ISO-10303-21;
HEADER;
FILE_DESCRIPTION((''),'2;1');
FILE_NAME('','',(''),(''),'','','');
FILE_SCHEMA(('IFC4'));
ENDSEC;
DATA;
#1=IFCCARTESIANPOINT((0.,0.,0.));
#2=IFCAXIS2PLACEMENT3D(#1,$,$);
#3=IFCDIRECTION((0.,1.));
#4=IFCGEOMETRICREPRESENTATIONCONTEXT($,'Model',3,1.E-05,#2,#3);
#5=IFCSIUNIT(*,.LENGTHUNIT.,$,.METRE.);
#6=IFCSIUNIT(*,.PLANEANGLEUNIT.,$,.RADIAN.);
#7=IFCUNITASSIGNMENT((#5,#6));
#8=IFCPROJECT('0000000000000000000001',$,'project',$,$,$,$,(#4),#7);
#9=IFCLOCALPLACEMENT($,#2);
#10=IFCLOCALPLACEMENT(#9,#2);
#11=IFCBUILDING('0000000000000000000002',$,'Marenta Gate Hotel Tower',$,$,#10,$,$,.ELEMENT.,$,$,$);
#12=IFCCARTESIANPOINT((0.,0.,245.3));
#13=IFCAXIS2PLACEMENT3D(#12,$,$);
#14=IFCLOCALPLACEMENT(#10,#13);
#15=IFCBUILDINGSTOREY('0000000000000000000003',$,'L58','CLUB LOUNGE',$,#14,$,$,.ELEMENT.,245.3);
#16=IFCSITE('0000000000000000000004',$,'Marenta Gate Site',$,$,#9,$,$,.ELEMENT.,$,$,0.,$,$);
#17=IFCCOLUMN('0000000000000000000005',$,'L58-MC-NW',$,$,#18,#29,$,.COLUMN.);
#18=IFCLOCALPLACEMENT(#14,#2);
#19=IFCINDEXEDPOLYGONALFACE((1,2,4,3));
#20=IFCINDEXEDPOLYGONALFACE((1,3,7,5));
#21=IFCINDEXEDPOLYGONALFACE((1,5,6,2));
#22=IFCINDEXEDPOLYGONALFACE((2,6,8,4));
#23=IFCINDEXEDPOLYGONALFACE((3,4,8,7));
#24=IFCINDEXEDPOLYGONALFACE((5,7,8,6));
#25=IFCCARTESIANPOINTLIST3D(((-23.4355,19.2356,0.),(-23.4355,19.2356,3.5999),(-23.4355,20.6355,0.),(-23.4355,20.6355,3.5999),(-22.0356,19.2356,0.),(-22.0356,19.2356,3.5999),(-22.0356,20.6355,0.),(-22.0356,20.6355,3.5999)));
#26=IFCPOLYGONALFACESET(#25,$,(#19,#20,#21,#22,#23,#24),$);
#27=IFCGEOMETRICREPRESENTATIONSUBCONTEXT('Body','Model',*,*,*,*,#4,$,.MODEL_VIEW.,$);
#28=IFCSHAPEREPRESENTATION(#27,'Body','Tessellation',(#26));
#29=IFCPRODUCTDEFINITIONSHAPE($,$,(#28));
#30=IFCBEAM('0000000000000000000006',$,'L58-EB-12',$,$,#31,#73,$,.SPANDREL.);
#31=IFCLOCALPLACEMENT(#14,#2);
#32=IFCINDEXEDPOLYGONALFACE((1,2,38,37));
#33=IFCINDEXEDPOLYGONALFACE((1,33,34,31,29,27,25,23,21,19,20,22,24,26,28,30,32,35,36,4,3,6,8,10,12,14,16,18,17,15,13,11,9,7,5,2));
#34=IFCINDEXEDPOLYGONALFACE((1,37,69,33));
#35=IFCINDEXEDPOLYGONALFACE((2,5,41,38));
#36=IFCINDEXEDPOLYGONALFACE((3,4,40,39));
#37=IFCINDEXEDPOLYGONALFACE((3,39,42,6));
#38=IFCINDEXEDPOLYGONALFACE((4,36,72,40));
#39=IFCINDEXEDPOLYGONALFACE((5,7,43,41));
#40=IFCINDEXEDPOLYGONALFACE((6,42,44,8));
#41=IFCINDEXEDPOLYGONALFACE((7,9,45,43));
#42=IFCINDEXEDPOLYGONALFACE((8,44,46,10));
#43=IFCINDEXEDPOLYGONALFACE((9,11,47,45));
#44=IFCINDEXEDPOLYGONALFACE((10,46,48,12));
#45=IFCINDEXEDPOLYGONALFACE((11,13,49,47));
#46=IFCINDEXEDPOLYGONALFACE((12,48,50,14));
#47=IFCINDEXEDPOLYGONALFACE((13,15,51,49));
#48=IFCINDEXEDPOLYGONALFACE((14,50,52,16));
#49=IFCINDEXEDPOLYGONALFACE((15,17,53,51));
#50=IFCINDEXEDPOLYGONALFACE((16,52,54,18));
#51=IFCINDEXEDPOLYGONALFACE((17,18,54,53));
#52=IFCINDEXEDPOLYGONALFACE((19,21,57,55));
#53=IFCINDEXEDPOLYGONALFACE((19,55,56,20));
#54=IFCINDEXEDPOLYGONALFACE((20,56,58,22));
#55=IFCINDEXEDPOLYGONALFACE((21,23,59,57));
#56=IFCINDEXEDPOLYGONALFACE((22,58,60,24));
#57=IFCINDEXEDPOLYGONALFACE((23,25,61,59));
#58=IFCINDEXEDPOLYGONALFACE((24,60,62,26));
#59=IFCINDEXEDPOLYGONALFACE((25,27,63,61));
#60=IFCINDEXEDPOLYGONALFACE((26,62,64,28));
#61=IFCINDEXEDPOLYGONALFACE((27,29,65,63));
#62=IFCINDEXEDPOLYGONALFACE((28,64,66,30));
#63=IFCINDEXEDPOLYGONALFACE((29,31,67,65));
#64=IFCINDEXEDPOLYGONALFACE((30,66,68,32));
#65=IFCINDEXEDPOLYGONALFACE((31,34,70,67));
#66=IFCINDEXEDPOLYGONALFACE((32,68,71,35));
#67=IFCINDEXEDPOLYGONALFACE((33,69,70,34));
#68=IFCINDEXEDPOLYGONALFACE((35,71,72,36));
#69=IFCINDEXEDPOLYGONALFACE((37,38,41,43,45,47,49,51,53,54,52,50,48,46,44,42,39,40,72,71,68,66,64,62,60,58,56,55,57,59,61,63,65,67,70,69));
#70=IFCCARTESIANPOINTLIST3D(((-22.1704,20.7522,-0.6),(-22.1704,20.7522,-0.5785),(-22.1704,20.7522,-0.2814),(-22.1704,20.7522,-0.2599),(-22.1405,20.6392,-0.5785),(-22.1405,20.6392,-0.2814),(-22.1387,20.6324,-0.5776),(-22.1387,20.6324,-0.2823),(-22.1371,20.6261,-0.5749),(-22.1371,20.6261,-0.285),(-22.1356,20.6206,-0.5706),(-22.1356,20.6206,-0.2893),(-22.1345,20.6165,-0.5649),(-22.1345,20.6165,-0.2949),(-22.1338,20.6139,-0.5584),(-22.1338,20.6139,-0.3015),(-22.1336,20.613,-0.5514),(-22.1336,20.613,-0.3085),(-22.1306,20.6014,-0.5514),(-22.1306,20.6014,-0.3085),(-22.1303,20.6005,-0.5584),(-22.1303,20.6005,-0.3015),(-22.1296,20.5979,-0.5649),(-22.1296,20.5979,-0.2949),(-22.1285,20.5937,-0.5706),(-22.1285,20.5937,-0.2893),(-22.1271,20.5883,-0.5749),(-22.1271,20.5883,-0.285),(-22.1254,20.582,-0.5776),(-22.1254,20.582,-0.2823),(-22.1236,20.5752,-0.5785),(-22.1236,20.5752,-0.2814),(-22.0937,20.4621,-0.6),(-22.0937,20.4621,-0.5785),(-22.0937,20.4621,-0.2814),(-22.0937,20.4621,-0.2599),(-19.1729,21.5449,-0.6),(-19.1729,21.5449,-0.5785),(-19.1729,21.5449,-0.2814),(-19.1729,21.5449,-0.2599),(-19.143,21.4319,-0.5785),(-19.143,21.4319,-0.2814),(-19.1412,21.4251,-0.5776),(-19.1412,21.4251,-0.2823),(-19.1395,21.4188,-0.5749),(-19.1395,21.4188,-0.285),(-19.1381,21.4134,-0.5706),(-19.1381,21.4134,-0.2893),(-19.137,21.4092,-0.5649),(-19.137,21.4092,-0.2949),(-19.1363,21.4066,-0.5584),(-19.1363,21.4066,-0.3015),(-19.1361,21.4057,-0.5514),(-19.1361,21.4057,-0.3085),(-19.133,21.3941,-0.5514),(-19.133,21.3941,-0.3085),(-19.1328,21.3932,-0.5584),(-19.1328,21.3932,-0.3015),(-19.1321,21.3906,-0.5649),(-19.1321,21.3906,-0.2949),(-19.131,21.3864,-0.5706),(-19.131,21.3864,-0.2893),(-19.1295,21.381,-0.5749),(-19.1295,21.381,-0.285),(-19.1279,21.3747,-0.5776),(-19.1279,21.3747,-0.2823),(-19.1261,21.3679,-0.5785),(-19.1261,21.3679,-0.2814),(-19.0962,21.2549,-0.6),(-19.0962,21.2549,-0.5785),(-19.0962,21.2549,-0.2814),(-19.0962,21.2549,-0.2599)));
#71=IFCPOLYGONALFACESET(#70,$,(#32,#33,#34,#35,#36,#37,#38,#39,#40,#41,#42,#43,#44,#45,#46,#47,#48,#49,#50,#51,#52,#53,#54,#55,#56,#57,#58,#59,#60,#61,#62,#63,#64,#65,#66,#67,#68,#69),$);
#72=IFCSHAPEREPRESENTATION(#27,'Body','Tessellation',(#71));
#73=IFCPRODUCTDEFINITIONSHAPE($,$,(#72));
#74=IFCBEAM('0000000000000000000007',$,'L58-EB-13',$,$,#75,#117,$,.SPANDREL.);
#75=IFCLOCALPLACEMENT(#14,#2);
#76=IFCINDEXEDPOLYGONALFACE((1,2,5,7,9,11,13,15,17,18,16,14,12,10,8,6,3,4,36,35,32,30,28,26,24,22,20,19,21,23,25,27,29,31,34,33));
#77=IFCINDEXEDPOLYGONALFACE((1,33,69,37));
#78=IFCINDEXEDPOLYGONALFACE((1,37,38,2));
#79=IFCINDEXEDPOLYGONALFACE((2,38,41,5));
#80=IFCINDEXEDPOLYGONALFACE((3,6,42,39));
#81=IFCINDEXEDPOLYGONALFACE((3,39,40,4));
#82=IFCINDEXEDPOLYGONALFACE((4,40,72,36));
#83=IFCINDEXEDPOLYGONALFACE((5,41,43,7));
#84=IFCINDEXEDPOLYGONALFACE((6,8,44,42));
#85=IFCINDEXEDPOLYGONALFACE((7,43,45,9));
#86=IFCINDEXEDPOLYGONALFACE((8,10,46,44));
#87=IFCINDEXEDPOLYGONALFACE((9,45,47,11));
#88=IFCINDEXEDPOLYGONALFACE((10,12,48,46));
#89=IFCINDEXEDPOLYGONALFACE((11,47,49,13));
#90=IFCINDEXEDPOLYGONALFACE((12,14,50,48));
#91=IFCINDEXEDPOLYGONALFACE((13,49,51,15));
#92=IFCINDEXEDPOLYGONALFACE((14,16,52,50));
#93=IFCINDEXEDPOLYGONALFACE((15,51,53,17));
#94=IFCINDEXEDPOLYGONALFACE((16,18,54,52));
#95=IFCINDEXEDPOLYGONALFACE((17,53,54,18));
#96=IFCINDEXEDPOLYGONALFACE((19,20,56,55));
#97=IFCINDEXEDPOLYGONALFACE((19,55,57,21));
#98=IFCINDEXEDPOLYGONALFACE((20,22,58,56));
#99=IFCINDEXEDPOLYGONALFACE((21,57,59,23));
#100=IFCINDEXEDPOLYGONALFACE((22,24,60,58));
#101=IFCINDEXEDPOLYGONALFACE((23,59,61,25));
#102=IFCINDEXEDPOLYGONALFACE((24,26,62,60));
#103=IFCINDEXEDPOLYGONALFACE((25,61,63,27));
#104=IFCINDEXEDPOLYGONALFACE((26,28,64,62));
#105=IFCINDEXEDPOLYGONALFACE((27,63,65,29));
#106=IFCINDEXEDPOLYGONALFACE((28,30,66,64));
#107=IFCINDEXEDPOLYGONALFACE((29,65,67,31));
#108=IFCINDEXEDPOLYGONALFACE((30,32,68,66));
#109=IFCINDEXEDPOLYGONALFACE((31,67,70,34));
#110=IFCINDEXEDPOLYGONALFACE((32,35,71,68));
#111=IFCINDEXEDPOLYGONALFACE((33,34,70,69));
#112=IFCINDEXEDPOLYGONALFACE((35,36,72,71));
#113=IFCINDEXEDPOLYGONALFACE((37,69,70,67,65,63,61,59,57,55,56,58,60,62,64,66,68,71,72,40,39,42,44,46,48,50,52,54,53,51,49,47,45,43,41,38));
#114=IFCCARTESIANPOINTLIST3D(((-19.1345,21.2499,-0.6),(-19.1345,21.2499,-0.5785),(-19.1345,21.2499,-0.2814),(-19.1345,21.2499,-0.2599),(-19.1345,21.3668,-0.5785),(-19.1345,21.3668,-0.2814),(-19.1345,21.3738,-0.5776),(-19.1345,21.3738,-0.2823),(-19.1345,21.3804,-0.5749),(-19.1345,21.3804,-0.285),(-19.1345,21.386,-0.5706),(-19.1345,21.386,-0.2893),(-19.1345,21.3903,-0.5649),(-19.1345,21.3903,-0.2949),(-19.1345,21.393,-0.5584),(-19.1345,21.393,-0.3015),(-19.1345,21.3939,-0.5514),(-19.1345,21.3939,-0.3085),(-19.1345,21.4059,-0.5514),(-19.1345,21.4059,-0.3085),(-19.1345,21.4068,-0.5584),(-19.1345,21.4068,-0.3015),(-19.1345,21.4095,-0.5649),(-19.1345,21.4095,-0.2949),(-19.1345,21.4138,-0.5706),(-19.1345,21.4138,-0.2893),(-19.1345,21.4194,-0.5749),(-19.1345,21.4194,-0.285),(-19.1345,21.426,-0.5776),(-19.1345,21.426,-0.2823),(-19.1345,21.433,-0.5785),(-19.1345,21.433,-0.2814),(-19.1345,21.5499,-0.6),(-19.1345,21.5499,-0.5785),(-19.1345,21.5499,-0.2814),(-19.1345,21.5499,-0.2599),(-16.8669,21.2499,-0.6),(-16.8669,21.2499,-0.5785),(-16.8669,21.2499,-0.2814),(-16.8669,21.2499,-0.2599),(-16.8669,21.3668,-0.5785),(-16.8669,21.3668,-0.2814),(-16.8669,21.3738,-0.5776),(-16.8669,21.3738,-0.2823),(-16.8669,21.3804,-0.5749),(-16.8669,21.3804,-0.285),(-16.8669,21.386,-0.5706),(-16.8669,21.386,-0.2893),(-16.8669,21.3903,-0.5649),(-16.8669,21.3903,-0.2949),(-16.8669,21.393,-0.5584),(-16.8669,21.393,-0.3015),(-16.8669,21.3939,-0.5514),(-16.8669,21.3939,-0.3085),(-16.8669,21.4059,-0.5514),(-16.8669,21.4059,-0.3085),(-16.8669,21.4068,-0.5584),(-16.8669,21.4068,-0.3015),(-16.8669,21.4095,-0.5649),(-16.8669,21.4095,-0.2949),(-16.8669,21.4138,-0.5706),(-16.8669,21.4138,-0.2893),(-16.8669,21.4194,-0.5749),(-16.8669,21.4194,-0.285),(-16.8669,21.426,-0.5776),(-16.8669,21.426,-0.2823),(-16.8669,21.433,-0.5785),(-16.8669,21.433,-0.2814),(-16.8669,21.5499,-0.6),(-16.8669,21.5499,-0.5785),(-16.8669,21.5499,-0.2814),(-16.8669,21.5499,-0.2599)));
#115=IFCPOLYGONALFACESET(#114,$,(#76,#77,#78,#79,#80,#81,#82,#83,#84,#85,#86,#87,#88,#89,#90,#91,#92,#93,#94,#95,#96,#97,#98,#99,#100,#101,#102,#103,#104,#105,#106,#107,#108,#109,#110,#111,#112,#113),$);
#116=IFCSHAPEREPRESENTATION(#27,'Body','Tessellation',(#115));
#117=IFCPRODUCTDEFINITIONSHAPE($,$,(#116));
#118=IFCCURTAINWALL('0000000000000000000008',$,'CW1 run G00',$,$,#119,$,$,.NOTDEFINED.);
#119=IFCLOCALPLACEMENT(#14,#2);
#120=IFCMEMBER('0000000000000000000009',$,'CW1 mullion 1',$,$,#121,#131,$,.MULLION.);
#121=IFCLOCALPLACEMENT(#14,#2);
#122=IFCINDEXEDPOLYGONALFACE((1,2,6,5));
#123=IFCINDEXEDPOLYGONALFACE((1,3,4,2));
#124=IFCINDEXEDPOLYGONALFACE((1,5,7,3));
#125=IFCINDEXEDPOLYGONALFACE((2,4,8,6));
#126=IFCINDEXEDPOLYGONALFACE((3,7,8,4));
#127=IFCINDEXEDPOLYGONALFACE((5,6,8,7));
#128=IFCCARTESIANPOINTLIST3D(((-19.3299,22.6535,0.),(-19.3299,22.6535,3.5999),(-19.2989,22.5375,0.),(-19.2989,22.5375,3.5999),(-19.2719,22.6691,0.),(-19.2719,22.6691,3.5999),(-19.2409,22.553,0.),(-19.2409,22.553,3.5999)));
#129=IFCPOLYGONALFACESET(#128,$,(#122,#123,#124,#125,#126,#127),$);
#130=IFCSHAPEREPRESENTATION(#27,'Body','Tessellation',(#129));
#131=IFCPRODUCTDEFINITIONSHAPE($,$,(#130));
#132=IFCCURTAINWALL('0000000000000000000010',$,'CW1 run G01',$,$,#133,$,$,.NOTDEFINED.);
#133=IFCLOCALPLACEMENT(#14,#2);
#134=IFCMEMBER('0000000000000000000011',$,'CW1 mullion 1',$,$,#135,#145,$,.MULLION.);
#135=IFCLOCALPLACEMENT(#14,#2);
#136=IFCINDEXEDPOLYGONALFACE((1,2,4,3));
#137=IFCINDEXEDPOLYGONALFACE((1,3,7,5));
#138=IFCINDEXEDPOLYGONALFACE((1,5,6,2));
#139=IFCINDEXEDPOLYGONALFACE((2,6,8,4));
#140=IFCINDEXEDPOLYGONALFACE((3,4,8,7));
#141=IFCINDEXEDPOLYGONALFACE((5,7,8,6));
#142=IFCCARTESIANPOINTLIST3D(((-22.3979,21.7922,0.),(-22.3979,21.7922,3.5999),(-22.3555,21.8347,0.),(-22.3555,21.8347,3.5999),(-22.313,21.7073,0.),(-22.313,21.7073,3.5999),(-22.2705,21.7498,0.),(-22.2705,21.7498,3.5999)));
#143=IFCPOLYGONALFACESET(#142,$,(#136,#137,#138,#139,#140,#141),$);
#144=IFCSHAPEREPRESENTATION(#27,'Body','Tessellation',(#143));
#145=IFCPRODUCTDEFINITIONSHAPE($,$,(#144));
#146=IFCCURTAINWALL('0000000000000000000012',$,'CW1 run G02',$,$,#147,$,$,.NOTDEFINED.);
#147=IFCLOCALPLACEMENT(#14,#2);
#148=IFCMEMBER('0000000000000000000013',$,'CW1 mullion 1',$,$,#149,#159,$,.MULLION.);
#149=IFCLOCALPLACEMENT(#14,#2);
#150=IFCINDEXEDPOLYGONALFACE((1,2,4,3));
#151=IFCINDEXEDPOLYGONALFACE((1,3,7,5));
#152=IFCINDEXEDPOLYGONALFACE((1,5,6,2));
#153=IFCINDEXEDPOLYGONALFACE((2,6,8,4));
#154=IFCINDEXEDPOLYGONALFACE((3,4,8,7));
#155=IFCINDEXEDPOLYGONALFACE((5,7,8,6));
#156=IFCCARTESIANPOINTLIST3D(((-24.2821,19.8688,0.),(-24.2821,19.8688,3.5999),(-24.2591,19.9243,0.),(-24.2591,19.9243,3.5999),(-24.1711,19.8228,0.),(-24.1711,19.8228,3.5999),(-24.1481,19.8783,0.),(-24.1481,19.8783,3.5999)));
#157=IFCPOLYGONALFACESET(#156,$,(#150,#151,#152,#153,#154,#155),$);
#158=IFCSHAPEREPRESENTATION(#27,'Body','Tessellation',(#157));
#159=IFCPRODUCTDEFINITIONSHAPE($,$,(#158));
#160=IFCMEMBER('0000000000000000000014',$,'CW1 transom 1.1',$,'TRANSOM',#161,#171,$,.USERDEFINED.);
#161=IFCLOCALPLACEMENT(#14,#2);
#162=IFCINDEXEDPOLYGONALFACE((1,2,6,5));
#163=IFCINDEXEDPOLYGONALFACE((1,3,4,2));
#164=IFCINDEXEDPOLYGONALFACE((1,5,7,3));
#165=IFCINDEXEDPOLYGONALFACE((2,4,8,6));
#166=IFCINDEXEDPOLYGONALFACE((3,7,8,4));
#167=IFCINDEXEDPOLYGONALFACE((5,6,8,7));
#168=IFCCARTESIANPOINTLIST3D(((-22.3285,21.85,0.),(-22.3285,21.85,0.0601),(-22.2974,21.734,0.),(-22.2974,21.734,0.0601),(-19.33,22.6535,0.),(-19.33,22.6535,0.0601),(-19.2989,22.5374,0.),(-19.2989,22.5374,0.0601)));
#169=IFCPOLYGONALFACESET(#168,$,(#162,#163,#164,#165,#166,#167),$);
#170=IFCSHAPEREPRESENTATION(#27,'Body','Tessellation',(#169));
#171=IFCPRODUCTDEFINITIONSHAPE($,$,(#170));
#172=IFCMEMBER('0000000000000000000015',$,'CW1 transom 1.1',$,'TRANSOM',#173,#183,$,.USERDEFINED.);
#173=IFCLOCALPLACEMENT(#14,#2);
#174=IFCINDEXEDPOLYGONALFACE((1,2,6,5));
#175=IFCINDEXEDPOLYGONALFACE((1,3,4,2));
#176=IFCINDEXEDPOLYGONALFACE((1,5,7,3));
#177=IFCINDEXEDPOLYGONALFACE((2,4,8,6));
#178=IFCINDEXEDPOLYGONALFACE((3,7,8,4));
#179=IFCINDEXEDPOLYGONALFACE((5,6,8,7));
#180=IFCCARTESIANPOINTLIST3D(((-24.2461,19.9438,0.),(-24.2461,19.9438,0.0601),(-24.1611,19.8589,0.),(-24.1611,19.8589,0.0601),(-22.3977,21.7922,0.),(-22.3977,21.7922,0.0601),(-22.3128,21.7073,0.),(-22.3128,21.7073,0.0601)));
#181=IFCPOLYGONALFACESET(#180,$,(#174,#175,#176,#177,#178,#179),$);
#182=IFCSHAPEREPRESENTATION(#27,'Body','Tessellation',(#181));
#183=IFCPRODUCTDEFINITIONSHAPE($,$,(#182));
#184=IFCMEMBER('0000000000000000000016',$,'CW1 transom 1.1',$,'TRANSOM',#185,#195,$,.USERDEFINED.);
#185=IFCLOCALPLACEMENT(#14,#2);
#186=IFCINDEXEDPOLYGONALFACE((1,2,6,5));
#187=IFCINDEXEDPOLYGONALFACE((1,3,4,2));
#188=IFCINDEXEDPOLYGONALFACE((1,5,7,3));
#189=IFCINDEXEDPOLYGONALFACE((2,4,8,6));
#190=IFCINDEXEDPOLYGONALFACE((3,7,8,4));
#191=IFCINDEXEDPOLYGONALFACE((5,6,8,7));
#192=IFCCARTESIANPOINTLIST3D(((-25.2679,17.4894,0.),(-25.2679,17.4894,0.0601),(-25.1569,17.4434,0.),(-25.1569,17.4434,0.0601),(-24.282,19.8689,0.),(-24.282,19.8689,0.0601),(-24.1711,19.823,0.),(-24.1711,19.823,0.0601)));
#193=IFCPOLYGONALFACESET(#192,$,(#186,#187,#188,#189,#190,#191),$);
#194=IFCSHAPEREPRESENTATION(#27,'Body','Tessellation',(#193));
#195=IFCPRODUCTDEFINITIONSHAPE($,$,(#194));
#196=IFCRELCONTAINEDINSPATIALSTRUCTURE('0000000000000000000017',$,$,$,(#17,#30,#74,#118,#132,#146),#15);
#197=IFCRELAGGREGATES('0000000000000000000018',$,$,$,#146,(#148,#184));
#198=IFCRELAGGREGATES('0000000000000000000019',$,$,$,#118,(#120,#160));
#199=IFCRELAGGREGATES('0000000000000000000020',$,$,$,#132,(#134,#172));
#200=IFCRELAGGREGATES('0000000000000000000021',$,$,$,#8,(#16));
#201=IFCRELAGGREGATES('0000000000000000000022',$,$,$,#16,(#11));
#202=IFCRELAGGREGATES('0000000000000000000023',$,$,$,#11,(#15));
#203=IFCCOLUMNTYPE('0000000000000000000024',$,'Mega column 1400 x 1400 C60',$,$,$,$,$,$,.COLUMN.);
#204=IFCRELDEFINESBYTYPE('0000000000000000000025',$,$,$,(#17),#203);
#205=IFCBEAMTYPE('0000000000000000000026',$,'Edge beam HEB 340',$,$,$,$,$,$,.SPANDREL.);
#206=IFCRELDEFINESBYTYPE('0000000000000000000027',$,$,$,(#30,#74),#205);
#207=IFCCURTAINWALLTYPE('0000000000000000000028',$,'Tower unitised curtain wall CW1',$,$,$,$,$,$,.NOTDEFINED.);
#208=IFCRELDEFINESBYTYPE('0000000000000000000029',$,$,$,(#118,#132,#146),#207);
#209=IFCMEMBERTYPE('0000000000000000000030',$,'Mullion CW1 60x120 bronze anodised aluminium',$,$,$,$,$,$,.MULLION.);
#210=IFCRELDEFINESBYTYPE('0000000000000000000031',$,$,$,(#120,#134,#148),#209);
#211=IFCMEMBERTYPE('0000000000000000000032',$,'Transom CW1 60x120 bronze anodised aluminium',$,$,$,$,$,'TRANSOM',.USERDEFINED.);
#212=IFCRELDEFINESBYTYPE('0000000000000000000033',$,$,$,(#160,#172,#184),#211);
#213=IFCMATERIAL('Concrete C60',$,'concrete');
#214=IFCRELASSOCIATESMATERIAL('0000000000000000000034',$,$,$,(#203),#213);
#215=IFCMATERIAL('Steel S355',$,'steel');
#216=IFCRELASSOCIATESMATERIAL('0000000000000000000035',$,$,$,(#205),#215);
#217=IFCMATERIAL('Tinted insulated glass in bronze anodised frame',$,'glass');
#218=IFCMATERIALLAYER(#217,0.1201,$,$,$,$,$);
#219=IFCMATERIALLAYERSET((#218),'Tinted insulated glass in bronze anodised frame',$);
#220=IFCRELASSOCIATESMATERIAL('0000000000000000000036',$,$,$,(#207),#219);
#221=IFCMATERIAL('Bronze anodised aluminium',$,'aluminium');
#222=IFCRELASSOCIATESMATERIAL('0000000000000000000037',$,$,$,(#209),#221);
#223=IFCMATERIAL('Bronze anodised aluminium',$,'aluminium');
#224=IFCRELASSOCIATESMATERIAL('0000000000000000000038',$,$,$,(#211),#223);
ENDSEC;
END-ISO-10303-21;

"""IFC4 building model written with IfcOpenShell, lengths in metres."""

from ifc_helpers import new_model, si_unit, direction, frame, origin, origin_2d, place, context, subcontext, project, spatial, rectangle, i_section, extrude, material, layer, layer_set, material_profile, profile_set, type_object, element, aggregate, save


model = new_model("IFC4")

# Units and contexts
model_context = context("Model", 3, precision=1e-05, world=origin(), true_north=direction((0.0, 1.0)))
body_context = subcontext(model_context, "Body", "Model", "MODEL_VIEW")
ifc_project = project(units=[si_unit("LENGTHUNIT", "METRE"), si_unit("PLANEANGLEUNIT", "RADIAN")], contexts=[model_context])

# Site, building, storey
site_placement = place(None, origin())
site = spatial("IfcSite", under=ifc_project, at=site_placement, Name="Marenta Gate Site", CompositionType="ELEMENT", RefElevation=0.0)
building_placement = place(site_placement, origin())
building = spatial("IfcBuilding", under=site, at=building_placement, Name="Marenta Gate Hotel Tower", CompositionType="ELEMENT")
storey_placement = place(building_placement, frame((0.0, 0.0, 245.3)))
storey = spatial("IfcBuildingStorey", under=building, at=storey_placement, Name="L58", Description="CLUB LOUNGE", CompositionType="ELEMENT", Elevation=245.3)

# Column
ifc_material_1 = material(Name="Concrete C60", Category="concrete")
ifc_material_profile_1 = material_profile(ifc_material_1, rectangle(XDim=1.3999, YDim=1.3999, at=origin_2d()), Name="1400 x 1400")
ifc_profile_set_1 = profile_set([ifc_material_profile_1], Name="Concrete C60")
column_type = type_object("IfcColumnType", Name="Mega column 1400 x 1400 C60", PredefinedType="COLUMN", material=ifc_profile_set_1)
column_placement = place(storey_placement, frame((-22.7356, 19.9355, 0.0), z_axis=(0.0, 0.0, 1.0), x_axis=(1.0, 0.0, 0.0)))
element("IfcColumn", 1, at=column_placement, inside=storey, type_object=column_type, Name="L58-MC-NW", PredefinedType="COLUMN", context=body_context, shape_type="SweptSolid", body=[
    extrude(rectangle(XDim=1.3999, YDim=1.3999, at=origin_2d()), origin(), (0.0, 0.0, 1.0), 3.5999),
])

# Beams
ifc_material_2 = material(Name="Steel S355", Category="steel")
ifc_material_profile_2 = material_profile(ifc_material_2, i_section(OverallWidth=0.3, OverallDepth=0.3401, WebThickness=0.012, FlangeThickness=0.0215, FilletRadius=0.0271, at=origin_2d()), Name="HEB 340")
ifc_profile_set_2 = profile_set([ifc_material_profile_2], Name="Steel S355")
beam_type = type_object("IfcBeamType", Name="Edge beam HEB 340", PredefinedType="SPANDREL", material=ifc_profile_set_2)
beam_1_placement = place(storey_placement, frame((-22.1321, 20.6072, -0.4299), z_axis=(0.966765, 0.255667, 0.0), x_axis=(-0.255667, 0.966765, 0.0)))
element("IfcBeam", 2, at=beam_1_placement, inside=storey, type_object=beam_type, Name="L58-EB-12", PredefinedType="SPANDREL", context=body_context, shape_type="SweptSolid", body=[
    extrude(i_section(OverallWidth=0.3, OverallDepth=0.3401, WebThickness=0.012, FlangeThickness=0.0215, FilletRadius=0.0271, at=origin_2d()), origin(), (0.0, 0.0, 1.0), 3.1006),
])
beam_2_placement = place(storey_placement, frame((-19.1345, 21.3999, -0.4299), z_axis=(1.0, 0.0, 0.0), x_axis=(0.0, 1.0, 0.0)))
element("IfcBeam", 3, at=beam_2_placement, inside=storey, type_object=beam_type, Name="L58-EB-13", PredefinedType="SPANDREL", context=body_context, shape_type="SweptSolid", body=[
    extrude(i_section(OverallWidth=0.3, OverallDepth=0.3401, WebThickness=0.012, FlangeThickness=0.0215, FilletRadius=0.0271, at=origin_2d()), origin(), (0.0, 0.0, 1.0), 2.2676),
])

# Curtain walls, members
ifc_material_3 = material(Name="Tinted insulated glass in bronze anodised frame", Category="glass")
ifc_layer_1 = layer(ifc_material_3, 0.1201)
ifc_layer_set_1 = layer_set([ifc_layer_1], Name="Tinted insulated glass in bronze anodised frame")
curtain_wall_type = type_object("IfcCurtainWallType", Name="Tower unitised curtain wall CW1", PredefinedType="NOTDEFINED", material=ifc_layer_set_1)
curtain_wall_1_placement = place(storey_placement, origin())
curtain_wall_1 = element("IfcCurtainWall", 4, at=curtain_wall_1_placement, inside=storey, type_object=curtain_wall_type, Name="CW1 run G00", PredefinedType="NOTDEFINED")
ifc_material_4 = material(Name="Bronze anodised aluminium", Category="aluminium")
ifc_material_profile_3 = material_profile(ifc_material_4, rectangle(XDim=0.1201, YDim=0.0601, at=origin_2d()), Name="Mullion CW1 60x120 bronze anodised aluminium")
ifc_profile_set_3 = profile_set([ifc_material_profile_3], Name="Bronze anodised aluminium")
member_type_1 = type_object("IfcMemberType", Name="Mullion CW1 60x120 bronze anodised aluminium", PredefinedType="MULLION", material=ifc_profile_set_3)
member_1_placement = place(storey_placement, frame((-19.2854, 22.6033, 0.0), z_axis=(0.0, 0.0, 1.0), x_axis=(0.258801, -0.965931, 0.0)))
member_1 = element("IfcMember", 5, at=member_1_placement, type_object=member_type_1, Name="CW1 mullion 1", PredefinedType="MULLION", context=body_context, shape_type="SweptSolid", body=[
    extrude(rectangle(XDim=0.1201, YDim=0.0601, at=origin_2d()), origin(), (0.0, 0.0, 1.0), 3.5999),
])
curtain_wall_2_placement = place(storey_placement, origin())
curtain_wall_2 = element("IfcCurtainWall", 6, at=curtain_wall_2_placement, inside=storey, type_object=curtain_wall_type, Name="CW1 run G01", PredefinedType="NOTDEFINED")
member_2_placement = place(storey_placement, frame((-22.3342, 21.771, 0.0), z_axis=(0.0, 0.0, 1.0), x_axis=(0.707107, -0.707107, 0.0)))
member_2 = element("IfcMember", 7, at=member_2_placement, type_object=member_type_1, Name="CW1 mullion 1", PredefinedType="MULLION", context=body_context, shape_type="SweptSolid", body=[
    extrude(rectangle(XDim=0.1201, YDim=0.0601, at=origin_2d()), origin(), (0.0, 0.0, 1.0), 3.5999),
])
curtain_wall_3_placement = place(storey_placement, origin())
curtain_wall_3 = element("IfcCurtainWall", 8, at=curtain_wall_3_placement, inside=storey, type_object=curtain_wall_type, Name="CW1 run G02", PredefinedType="NOTDEFINED")
member_3_placement = place(storey_placement, frame((-24.2151, 19.8735, 0.0), z_axis=(0.0, 0.0, 1.0), x_axis=(0.923886, -0.382667, 0.0)))
member_3 = element("IfcMember", 9, at=member_3_placement, type_object=member_type_1, Name="CW1 mullion 1", PredefinedType="MULLION", context=body_context, shape_type="SweptSolid", body=[
    extrude(rectangle(XDim=0.1201, YDim=0.0601, at=origin_2d()), origin(), (0.0, 0.0, 1.0), 3.5999),
])

# Members
ifc_material_5 = material(Name="Bronze anodised aluminium", Category="aluminium")
ifc_material_profile_4 = material_profile(ifc_material_5, rectangle(XDim=0.1201, YDim=0.0601, at=origin_2d()), Name="Transom CW1 60x120 bronze anodised aluminium")
ifc_profile_set_4 = profile_set([ifc_material_profile_4], Name="Bronze anodised aluminium")
member_type_2 = type_object("IfcMemberType", Name="Transom CW1 60x120 bronze anodised aluminium", ElementType="TRANSOM", PredefinedType="USERDEFINED", material=ifc_profile_set_4)
member_4_placement = place(storey_placement, frame((-19.3145, 22.5955, 0.03), z_axis=(-0.965925, -0.258823, 0.0), x_axis=(0.258823, -0.965925, 0.0)))
member_4 = element("IfcMember", 10, at=member_4_placement, type_object=member_type_2, Name="CW1 transom 1.1", ObjectType="TRANSOM", PredefinedType="USERDEFINED", context=body_context, shape_type="SweptSolid", body=[
    extrude(rectangle(XDim=0.1201, YDim=0.0601, at=origin_2d()), origin(), (0.0, 0.0, 1.0), 3.1042),
])
member_5_placement = place(storey_placement, frame((-22.3552, 21.7498, 0.03), z_axis=(-0.707107, -0.707107, 0.0), x_axis=(0.707107, -0.707107, 0.0)))
member_5 = element("IfcMember", 11, at=member_5_placement, type_object=member_type_2, Name="CW1 transom 1.1", ObjectType="TRANSOM", PredefinedType="USERDEFINED", context=body_context, shape_type="SweptSolid", body=[
    extrude(rectangle(XDim=0.1201, YDim=0.0601, at=origin_2d()), origin(), (0.0, 0.0, 1.0), 2.614),
])
member_6_placement = place(storey_placement, frame((-24.2266, 19.8459, 0.03), z_axis=(-0.382737, -0.923857, 0.0), x_axis=(0.923857, -0.382737, 0.0)))
member_6 = element("IfcMember", 12, at=member_6_placement, type_object=member_type_2, Name="CW1 transom 1.1", ObjectType="TRANSOM", PredefinedType="USERDEFINED", context=body_context, shape_type="SweptSolid", body=[
    extrude(rectangle(XDim=0.1201, YDim=0.0601, at=origin_2d()), origin(), (0.0, 0.0, 1.0), 2.5757),
])
aggregate(curtain_wall_3, [member_3, member_6])

aggregate(curtain_wall_1, [member_1, member_4])
aggregate(curtain_wall_2, [member_2, member_5])

save(model, "model.ifc")
